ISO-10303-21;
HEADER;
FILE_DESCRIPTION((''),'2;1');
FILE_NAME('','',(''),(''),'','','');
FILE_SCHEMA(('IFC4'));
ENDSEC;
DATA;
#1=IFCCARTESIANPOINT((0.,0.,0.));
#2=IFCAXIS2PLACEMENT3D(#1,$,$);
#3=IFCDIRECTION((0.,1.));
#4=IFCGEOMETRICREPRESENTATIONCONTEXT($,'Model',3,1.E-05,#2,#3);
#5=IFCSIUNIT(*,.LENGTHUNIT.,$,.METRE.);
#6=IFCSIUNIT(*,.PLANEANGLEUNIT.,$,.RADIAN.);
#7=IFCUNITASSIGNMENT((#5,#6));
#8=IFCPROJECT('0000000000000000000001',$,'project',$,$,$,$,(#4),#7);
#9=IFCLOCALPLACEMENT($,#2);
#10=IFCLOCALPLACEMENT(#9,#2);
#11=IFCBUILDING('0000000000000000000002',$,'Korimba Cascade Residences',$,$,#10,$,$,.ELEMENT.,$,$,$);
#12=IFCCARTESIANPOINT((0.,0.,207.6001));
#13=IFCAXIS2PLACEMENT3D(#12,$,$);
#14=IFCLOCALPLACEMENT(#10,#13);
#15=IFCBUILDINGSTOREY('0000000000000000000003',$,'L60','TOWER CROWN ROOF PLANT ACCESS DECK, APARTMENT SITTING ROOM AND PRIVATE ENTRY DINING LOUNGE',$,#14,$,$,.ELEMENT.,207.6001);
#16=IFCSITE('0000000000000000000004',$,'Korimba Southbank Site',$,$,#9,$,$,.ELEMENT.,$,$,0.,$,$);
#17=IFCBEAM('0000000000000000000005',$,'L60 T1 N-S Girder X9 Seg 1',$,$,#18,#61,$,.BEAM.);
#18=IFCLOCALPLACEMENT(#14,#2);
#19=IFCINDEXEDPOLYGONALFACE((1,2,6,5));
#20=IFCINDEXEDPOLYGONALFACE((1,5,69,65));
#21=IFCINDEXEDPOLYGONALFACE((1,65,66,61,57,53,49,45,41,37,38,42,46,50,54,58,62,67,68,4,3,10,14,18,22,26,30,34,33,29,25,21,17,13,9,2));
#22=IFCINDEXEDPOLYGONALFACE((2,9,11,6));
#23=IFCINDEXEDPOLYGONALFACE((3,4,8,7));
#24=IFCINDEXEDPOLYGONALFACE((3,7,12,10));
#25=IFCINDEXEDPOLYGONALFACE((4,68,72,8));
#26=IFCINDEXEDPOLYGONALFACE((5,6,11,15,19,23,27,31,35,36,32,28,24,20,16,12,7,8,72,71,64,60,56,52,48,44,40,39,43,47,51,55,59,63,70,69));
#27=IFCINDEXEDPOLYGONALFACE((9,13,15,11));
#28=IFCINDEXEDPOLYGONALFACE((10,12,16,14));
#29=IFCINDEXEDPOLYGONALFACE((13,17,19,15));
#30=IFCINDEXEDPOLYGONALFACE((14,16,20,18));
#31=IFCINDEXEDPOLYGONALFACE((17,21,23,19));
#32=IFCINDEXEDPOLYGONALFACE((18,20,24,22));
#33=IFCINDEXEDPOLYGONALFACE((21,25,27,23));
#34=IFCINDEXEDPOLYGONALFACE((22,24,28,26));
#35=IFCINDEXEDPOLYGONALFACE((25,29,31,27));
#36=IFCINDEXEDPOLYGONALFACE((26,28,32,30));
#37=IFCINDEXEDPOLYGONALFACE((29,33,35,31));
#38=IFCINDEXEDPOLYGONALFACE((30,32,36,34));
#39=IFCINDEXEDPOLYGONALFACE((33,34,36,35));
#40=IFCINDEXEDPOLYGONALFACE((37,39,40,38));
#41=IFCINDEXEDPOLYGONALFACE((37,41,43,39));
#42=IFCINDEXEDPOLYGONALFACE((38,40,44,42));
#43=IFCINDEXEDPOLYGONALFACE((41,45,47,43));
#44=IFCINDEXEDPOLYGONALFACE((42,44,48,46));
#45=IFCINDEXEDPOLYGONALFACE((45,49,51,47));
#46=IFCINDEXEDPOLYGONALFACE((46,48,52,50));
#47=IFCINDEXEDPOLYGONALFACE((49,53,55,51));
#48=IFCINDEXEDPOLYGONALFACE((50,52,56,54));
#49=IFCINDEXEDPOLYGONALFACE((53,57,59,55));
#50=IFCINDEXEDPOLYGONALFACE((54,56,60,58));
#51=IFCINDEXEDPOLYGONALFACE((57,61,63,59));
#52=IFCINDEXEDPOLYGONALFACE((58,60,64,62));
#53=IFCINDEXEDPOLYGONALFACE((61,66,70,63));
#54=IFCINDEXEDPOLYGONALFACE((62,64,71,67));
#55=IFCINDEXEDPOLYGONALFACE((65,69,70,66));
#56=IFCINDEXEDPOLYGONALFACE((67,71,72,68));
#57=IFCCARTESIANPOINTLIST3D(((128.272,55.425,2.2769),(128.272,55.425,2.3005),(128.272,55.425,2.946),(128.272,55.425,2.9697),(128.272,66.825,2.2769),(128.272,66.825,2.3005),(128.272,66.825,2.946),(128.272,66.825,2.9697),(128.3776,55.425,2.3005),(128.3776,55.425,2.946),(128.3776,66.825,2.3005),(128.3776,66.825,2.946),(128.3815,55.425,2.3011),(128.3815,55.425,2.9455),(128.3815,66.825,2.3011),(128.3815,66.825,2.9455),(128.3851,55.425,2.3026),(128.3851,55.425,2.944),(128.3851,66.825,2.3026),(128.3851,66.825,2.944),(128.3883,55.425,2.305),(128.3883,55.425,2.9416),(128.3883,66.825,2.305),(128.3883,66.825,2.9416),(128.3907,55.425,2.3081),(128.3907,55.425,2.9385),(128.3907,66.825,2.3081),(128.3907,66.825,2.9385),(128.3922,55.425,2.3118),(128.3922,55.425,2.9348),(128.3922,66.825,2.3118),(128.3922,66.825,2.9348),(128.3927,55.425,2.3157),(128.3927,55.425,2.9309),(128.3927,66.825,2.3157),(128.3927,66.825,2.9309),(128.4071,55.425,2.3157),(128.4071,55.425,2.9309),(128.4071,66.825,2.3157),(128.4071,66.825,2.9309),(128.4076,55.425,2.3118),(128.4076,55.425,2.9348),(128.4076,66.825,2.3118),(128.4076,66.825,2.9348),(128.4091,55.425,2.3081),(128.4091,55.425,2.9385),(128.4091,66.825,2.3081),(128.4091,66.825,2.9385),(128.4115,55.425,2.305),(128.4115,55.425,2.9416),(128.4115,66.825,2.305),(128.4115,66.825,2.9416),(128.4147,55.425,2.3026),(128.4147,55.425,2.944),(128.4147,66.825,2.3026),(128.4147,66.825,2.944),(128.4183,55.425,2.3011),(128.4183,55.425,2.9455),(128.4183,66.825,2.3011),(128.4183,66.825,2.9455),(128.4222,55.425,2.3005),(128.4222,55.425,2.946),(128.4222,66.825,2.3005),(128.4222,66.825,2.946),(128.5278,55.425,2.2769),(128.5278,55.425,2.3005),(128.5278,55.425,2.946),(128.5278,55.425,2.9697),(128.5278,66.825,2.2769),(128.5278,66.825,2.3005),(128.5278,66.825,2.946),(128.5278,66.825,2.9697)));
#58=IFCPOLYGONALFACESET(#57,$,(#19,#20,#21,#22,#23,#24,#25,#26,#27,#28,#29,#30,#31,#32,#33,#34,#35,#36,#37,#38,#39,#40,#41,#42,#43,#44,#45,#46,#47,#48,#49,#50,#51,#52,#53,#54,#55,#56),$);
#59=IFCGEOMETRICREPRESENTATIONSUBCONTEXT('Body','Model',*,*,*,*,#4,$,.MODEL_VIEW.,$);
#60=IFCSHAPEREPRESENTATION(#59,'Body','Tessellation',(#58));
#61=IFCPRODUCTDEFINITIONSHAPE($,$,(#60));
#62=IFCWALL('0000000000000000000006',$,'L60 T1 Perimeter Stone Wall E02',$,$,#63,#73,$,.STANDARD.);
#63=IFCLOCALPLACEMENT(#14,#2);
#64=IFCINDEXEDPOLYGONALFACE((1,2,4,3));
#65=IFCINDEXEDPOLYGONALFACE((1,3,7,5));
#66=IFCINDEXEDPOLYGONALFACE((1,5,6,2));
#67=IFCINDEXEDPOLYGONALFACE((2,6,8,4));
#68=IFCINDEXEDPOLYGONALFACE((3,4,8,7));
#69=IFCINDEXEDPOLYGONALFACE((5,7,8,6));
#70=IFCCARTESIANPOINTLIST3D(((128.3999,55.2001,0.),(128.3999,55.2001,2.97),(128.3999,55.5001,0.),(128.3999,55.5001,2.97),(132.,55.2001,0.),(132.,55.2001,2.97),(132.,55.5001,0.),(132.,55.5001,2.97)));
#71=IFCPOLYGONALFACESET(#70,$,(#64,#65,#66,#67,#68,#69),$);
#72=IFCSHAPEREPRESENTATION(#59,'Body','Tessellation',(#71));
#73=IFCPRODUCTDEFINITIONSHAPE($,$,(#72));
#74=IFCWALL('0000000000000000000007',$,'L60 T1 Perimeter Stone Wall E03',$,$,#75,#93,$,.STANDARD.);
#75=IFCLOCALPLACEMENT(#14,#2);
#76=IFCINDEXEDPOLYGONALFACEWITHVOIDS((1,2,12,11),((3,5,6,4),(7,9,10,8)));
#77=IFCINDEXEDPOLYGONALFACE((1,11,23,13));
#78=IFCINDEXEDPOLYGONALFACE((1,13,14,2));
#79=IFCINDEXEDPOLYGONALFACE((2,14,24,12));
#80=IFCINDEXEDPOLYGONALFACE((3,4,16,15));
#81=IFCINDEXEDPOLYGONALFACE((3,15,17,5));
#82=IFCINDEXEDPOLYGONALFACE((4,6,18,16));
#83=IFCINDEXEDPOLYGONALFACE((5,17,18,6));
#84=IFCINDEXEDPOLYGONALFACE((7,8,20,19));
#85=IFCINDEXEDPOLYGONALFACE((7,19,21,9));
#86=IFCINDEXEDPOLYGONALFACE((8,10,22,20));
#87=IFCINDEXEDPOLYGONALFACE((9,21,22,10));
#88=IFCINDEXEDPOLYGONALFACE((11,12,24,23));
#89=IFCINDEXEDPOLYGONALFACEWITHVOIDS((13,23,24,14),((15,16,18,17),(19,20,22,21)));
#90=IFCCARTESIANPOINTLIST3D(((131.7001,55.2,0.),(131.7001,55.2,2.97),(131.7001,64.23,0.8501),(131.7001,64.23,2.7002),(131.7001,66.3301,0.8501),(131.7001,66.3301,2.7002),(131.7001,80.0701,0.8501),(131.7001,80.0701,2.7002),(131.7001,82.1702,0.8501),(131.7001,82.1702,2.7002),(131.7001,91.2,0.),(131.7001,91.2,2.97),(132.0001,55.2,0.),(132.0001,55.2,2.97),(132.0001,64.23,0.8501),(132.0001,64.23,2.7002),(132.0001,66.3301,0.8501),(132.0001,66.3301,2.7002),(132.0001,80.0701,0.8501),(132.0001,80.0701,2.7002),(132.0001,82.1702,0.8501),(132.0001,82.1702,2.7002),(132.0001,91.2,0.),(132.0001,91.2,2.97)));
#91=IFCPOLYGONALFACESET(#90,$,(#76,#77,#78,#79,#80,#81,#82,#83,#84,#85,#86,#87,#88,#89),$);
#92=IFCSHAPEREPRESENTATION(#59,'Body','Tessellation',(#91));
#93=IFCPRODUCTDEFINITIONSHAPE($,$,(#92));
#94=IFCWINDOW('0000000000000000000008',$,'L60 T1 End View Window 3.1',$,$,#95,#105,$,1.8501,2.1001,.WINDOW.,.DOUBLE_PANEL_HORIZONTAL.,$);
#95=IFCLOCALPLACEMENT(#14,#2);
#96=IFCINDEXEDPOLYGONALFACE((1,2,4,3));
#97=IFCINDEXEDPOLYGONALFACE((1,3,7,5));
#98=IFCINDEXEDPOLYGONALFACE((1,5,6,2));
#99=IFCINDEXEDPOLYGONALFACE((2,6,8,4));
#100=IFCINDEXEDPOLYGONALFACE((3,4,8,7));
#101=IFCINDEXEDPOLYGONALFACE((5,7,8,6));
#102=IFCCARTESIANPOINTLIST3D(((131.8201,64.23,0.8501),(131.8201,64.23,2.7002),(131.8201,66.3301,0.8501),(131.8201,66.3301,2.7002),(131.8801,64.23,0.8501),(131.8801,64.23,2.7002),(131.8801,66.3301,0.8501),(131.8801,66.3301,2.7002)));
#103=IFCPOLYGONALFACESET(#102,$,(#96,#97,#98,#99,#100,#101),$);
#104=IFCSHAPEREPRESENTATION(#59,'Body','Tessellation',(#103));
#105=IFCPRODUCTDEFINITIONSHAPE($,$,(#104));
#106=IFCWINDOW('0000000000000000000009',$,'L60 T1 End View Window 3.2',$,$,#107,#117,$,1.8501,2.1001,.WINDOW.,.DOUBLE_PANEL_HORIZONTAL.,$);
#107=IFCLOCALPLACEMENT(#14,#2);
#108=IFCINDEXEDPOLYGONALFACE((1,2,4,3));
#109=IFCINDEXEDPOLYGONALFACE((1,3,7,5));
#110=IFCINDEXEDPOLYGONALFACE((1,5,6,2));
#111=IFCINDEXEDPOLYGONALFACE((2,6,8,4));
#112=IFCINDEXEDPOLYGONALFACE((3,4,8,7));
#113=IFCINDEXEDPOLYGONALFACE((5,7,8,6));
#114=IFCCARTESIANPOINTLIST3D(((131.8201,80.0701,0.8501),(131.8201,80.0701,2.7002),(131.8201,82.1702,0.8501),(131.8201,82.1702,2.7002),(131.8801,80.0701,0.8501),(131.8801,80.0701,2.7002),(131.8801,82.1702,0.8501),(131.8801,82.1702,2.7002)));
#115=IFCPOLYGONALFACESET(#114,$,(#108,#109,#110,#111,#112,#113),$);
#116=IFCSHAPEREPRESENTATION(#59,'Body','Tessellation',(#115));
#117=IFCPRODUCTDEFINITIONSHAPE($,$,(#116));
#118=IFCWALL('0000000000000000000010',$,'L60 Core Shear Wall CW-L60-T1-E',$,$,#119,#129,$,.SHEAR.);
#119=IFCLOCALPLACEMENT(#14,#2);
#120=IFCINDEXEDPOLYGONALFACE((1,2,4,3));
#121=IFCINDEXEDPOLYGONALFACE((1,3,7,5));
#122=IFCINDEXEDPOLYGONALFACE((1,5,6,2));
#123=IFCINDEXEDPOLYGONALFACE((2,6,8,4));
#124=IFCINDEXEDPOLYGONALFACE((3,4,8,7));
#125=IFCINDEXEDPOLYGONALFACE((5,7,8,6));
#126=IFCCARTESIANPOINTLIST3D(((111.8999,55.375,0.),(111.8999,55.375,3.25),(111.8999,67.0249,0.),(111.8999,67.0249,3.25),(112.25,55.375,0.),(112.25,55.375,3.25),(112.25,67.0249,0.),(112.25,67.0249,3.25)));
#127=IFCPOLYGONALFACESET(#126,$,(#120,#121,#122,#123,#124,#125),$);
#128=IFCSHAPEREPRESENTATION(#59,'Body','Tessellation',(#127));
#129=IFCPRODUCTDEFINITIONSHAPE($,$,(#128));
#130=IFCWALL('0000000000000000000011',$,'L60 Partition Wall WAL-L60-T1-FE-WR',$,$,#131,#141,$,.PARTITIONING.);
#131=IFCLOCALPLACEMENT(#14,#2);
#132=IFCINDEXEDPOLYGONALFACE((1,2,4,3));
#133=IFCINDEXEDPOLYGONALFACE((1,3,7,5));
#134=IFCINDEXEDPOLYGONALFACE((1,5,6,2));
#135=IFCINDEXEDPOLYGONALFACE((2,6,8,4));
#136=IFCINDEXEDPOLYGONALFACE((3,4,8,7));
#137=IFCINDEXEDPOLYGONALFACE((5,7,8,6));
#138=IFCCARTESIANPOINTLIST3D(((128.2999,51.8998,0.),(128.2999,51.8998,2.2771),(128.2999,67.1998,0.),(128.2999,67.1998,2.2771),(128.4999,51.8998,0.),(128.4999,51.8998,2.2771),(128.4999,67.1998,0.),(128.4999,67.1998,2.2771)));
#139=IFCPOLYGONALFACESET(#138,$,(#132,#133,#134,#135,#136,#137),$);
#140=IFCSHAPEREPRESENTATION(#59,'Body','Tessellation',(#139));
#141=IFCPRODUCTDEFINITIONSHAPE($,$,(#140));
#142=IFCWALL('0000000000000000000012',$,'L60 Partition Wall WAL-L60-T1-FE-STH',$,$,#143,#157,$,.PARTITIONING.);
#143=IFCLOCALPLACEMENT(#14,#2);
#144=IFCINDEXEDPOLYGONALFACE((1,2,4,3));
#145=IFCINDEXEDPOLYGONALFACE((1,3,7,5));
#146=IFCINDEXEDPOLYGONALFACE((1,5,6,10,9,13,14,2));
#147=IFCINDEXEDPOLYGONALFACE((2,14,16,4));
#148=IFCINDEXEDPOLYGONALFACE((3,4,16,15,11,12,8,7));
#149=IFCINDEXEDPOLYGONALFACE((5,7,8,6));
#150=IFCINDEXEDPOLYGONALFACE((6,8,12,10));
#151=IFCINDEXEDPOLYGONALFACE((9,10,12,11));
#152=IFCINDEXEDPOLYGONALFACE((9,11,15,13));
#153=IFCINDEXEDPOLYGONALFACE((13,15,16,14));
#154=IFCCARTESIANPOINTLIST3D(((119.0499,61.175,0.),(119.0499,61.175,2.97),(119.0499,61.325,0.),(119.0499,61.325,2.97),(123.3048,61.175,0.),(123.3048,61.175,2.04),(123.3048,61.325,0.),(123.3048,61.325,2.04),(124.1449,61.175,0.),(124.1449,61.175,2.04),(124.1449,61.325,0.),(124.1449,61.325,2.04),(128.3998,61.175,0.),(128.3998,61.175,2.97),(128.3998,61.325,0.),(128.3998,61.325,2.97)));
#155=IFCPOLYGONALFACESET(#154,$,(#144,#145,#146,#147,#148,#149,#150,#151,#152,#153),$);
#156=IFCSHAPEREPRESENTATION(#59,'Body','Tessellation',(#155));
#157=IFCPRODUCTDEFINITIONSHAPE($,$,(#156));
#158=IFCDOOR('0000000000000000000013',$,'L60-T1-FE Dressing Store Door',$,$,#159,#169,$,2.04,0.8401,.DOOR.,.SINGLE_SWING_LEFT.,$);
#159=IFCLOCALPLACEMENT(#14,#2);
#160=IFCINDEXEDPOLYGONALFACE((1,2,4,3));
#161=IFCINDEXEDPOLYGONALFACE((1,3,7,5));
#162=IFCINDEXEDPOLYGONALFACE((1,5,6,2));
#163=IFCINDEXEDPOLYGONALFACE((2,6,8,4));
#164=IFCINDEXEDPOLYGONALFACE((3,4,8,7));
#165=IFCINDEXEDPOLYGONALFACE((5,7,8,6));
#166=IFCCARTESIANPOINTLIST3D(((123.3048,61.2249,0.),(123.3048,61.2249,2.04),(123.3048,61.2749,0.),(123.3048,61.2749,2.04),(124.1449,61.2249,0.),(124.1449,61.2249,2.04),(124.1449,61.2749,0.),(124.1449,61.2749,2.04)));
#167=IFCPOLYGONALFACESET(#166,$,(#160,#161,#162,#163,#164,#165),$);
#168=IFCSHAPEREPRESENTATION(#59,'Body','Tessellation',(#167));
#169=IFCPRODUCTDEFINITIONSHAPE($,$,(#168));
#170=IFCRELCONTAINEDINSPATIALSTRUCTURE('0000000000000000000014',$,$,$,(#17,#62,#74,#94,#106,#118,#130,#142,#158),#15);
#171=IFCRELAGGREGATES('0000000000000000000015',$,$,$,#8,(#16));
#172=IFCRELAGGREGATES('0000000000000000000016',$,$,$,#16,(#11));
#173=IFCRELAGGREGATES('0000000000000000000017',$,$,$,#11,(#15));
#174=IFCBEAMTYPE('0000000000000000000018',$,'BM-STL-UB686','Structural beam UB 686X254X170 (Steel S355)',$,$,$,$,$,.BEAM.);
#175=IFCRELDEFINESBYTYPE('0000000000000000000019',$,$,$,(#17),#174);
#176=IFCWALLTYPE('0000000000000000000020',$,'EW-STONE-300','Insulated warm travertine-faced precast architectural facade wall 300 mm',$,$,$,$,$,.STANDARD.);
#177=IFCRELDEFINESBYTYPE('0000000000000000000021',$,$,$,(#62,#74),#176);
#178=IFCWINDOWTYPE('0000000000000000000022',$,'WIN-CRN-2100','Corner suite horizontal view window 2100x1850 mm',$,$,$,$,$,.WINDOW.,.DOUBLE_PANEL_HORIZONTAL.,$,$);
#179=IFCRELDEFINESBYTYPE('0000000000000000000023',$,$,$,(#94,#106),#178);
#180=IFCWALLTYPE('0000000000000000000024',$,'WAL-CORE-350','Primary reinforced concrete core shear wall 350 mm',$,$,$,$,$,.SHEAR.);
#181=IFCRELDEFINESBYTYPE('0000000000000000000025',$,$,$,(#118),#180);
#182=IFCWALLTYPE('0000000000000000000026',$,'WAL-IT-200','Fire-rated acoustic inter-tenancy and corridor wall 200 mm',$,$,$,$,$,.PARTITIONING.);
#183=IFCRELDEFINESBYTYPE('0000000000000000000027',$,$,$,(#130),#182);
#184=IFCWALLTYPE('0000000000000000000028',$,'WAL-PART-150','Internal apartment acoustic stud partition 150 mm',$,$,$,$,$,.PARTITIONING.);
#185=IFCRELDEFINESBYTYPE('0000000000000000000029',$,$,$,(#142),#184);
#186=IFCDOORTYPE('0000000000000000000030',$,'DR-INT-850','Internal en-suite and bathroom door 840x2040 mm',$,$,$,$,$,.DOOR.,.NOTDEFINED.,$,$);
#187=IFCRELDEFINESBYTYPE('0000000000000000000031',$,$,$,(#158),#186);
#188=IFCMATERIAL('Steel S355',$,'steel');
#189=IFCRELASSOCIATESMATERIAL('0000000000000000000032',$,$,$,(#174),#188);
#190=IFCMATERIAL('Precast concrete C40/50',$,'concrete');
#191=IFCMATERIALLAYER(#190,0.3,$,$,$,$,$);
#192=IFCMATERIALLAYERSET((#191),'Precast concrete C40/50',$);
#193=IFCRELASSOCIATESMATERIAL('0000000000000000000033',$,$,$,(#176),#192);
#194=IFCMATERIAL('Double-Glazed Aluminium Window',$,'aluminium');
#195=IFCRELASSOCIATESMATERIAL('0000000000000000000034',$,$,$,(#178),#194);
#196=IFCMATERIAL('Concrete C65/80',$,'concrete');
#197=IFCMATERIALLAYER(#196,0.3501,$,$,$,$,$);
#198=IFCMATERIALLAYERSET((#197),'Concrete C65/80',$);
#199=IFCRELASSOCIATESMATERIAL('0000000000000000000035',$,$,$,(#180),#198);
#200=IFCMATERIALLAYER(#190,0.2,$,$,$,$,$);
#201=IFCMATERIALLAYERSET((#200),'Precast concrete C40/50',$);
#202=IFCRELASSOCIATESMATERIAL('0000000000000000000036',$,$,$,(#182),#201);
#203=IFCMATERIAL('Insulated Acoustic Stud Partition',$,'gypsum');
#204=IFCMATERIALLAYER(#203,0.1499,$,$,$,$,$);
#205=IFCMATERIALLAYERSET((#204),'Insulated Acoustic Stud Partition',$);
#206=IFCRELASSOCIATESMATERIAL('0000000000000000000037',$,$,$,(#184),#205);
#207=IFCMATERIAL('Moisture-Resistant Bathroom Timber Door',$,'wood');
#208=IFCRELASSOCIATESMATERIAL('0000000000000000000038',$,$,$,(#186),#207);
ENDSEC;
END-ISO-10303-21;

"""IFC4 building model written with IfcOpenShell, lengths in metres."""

from ifc_helpers import new_model, si_unit, direction, frame, frame_2d, origin, origin_2d, place, context, subcontext, project, spatial, rectangle, i_section, extrude, material, layer, layer_set, material_profile, profile_set, type_object, element, fill, save


model = new_model("IFC4")

# Units and contexts
model_context = context("Model", 3, precision=1e-05, world=origin(), true_north=direction((0.0, 1.0)))
body_context = subcontext(model_context, "Body", "Model", "MODEL_VIEW")
ifc_project = project(units=[si_unit("LENGTHUNIT", "METRE"), si_unit("PLANEANGLEUNIT", "RADIAN")], contexts=[model_context])

# Site, building, storey
site_placement = place(None, origin())
site = spatial("IfcSite", under=ifc_project, at=site_placement, Name="Korimba Southbank Site", CompositionType="ELEMENT", RefElevation=0.0)
building_placement = place(site_placement, origin())
building = spatial("IfcBuilding", under=site, at=building_placement, Name="Korimba Cascade Residences", CompositionType="ELEMENT")
storey_placement = place(building_placement, frame((0.0, 0.0, 207.6001)))
storey = spatial("IfcBuildingStorey", under=building, at=storey_placement, Name="L60", Description="TOWER CROWN ROOF PLANT ACCESS DECK, APARTMENT SITTING ROOM AND PRIVATE ENTRY DINING LOUNGE", CompositionType="ELEMENT", Elevation=207.6001)

# Shared definitions
ifc_material_1 = material(Name="Concrete C65/80", Category="concrete")

# Beam
ifc_material_2 = material(Name="Steel S355", Category="steel")
ifc_material_profile_1 = material_profile(ifc_material_2, i_section(OverallWidth=0.2559, OverallDepth=0.6929, WebThickness=0.0144, FlangeThickness=0.0237, FilletRadius=0.0151, at=origin_2d()), Name="Steel S355")
ifc_profile_set_1 = profile_set([ifc_material_profile_1], Name="Steel S355")
beam_type_1 = type_object("IfcBeamType", Name="BM-STL-UB686", Description="Structural beam UB 686X254X170 (Steel S355)", PredefinedType="BEAM", material=ifc_profile_set_1)
beam_1_placement = place(storey_placement, frame((128.3999, 55.425, 2.6233), z_axis=(0.0, 1.0, 0.0), x_axis=(-1.0, 0.0, 0.0)))
element("IfcBeam", 1, at=beam_1_placement, inside=storey, type_object=beam_type_1, Name="L60 T1 N-S Girder X9 Seg 1", PredefinedType="BEAM", context=body_context, shape_type="SweptSolid", body=[
    extrude(i_section(OverallWidth=0.2559, OverallDepth=0.6929, WebThickness=0.0144, FlangeThickness=0.0237, FilletRadius=0.0151, at=origin_2d()), origin(), (0.0, 0.0, 1.0), 11.3999),
])

# Wall
ifc_material_3 = material(Name="Precast concrete C40/50", Category="concrete")
ifc_layer_1 = layer(ifc_material_3, 0.3)
ifc_layer_set_1 = layer_set([ifc_layer_1], Name="Precast concrete C40/50")
wall_type_1 = type_object("IfcWallType", Name="EW-STONE-300", Description="Insulated warm travertine-faced precast architectural facade wall 300 mm", PredefinedType="STANDARD", material=ifc_layer_set_1)
wall_1_placement = place(storey_placement, frame((128.3999, 55.3501, 0.0), z_axis=(0.0, 0.0, 1.0), x_axis=(1.0, 0.0, 0.0)))
element("IfcWall", 2, at=wall_1_placement, inside=storey, type_object=wall_type_1, Name="L60 T1 Perimeter Stone Wall E02", PredefinedType="STANDARD", context=body_context, shape_type="SweptSolid", body=[
    extrude(rectangle(XDim=3.6001, YDim=0.3, at=frame_2d((1.8, 0.0))), origin(), (0.0, 0.0, 1.0), 2.97),
])

# Wall, openings, windows
wall_2_placement = place(storey_placement, frame((131.8501, 55.2, 0.0), z_axis=(0.0, 0.0, 1.0), x_axis=(0.0, 1.0, 0.0)))
wall_2 = element("IfcWall", 3, at=wall_2_placement, inside=storey, type_object=wall_type_1, Name="L60 T1 Perimeter Stone Wall E03", PredefinedType="STANDARD", context=body_context, shape_type="SweptSolid", body=[
    extrude(rectangle(XDim=36.0, YDim=0.3, at=frame_2d((18.0, 0.0))), origin(), (0.0, 0.0, 1.0), 2.97),
])
opening_1_placement = place(wall_2_placement, frame((9.03, 0.0, 0.8501)))
opening_1 = element("IfcOpeningElement", 4, at=opening_1_placement, cuts=wall_2, PredefinedType="OPENING", context=body_context, shape_type="SweptSolid", body=[
    extrude(rectangle(XDim=2.1001, YDim=1.8501, at=frame_2d((1.05, 0.925))), frame((0.0, 0.1602, 0.0), z_axis=(0.0, -1.0, 0.0), x_axis=(1.0, 0.0, 0.0)), (0.0, 0.0, 1.0), 0.3201),
])
opening_2_placement = place(wall_2_placement, frame((24.8701, 0.0, 0.8501)))
opening_2 = element("IfcOpeningElement", 5, at=opening_2_placement, cuts=wall_2, PredefinedType="OPENING", context=body_context, shape_type="SweptSolid", body=[
    extrude(rectangle(XDim=2.1001, YDim=1.8501, at=frame_2d((1.05, 0.925))), frame((0.0, 0.1602, 0.0), z_axis=(0.0, -1.0, 0.0), x_axis=(1.0, 0.0, 0.0)), (0.0, 0.0, 1.0), 0.3201),
])
ifc_material_4 = material(Name="Double-Glazed Aluminium Window", Category="aluminium")
window_type = type_object("IfcWindowType", Name="WIN-CRN-2100", Description="Corner suite horizontal view window 2100x1850 mm", PartitioningType="DOUBLE_PANEL_HORIZONTAL", PredefinedType="WINDOW", material=ifc_material_4)
window_1_placement = place(opening_1_placement, origin())
window_1 = element("IfcWindow", 6, at=window_1_placement, inside=storey, type_object=window_type, Name="L60 T1 End View Window 3.1", OverallHeight=1.8501, OverallWidth=2.1001, PartitioningType="DOUBLE_PANEL_HORIZONTAL", PredefinedType="WINDOW", context=body_context, shape_type="SweptSolid", body=[
    extrude(rectangle(XDim=2.1001, YDim=1.8501, at=frame_2d((1.05, 0.925))), frame((0.0, 0.03, 0.0), z_axis=(0.0, -1.0, 0.0), x_axis=(1.0, 0.0, 0.0)), (0.0, 0.0, 1.0), 0.0601),
])
fill(opening_1, window_1)
window_2_placement = place(opening_2_placement, origin())
window_2 = element("IfcWindow", 7, at=window_2_placement, inside=storey, type_object=window_type, Name="L60 T1 End View Window 3.2", OverallHeight=1.8501, OverallWidth=2.1001, PartitioningType="DOUBLE_PANEL_HORIZONTAL", PredefinedType="WINDOW", context=body_context, shape_type="SweptSolid", body=[
    extrude(rectangle(XDim=2.1001, YDim=1.8501, at=frame_2d((1.05, 0.925))), frame((0.0, 0.03, 0.0), z_axis=(0.0, -1.0, 0.0), x_axis=(1.0, 0.0, 0.0)), (0.0, 0.0, 1.0), 0.0601),
])
fill(opening_2, window_2)

# Walls
ifc_layer_2 = layer(ifc_material_1, 0.3501)
ifc_layer_set_2 = layer_set([ifc_layer_2], Name="Concrete C65/80")
wall_type_2 = type_object("IfcWallType", Name="WAL-CORE-350", Description="Primary reinforced concrete core shear wall 350 mm", PredefinedType="SHEAR", material=ifc_layer_set_2)
wall_3_placement = place(storey_placement, frame((112.075, 55.375, 0.0), z_axis=(0.0, 0.0, 1.0), x_axis=(0.0, 1.0, 0.0)))
element("IfcWall", 8, at=wall_3_placement, inside=storey, type_object=wall_type_2, Name="L60 Core Shear Wall CW-L60-T1-E", PredefinedType="SHEAR", context=body_context, shape_type="SweptSolid", body=[
    extrude(rectangle(XDim=11.6499, YDim=0.3501, at=frame_2d((5.825, 0.0))), origin(), (0.0, 0.0, 1.0), 3.25),
])
ifc_layer_3 = layer(ifc_material_3, 0.2)
ifc_layer_set_3 = layer_set([ifc_layer_3], Name="Precast concrete C40/50")
wall_type_3 = type_object("IfcWallType", Name="WAL-IT-200", Description="Fire-rated acoustic inter-tenancy and corridor wall 200 mm", PredefinedType="PARTITIONING", material=ifc_layer_set_3)
wall_4_placement = place(storey_placement, frame((128.3999, 51.8999, 0.0), z_axis=(0.0, 0.0, 1.0), x_axis=(0.0, 1.0, 0.0)))
element("IfcWall", 9, at=wall_4_placement, inside=storey, type_object=wall_type_3, Name="L60 Partition Wall WAL-L60-T1-FE-WR", PredefinedType="PARTITIONING", context=body_context, shape_type="SweptSolid", body=[
    extrude(rectangle(XDim=15.3, YDim=0.2, at=frame_2d((7.6499, 0.0))), origin(), (0.0, 0.0, 1.0), 2.2771),
])

# Wall, opening, door
ifc_material_5 = material(Name="Insulated Acoustic Stud Partition", Category="gypsum")
ifc_layer_4 = layer(ifc_material_5, 0.1499)
ifc_layer_set_4 = layer_set([ifc_layer_4], Name="Insulated Acoustic Stud Partition")
wall_type_4 = type_object("IfcWallType", Name="WAL-PART-150", Description="Internal apartment acoustic stud partition 150 mm", PredefinedType="PARTITIONING", material=ifc_layer_set_4)
wall_5_placement = place(storey_placement, frame((119.05, 61.25, 0.0), z_axis=(0.0, 0.0, 1.0), x_axis=(1.0, 0.0, 0.0)))
wall_5 = element("IfcWall", 10, at=wall_5_placement, inside=storey, type_object=wall_type_4, Name="L60 Partition Wall WAL-L60-T1-FE-STH", PredefinedType="PARTITIONING", context=body_context, shape_type="SweptSolid", body=[
    extrude(rectangle(XDim=9.3499, YDim=0.1499, at=frame_2d((4.6748, 0.0))), origin(), (0.0, 0.0, 1.0), 2.97),
])
opening_3_placement = place(wall_5_placement, frame((4.2549, 0.0, 0.0)))
opening_3 = element("IfcOpeningElement", 11, at=opening_3_placement, cuts=wall_5, PredefinedType="OPENING", context=body_context, shape_type="SweptSolid", body=[
    extrude(rectangle(XDim=0.8401, YDim=2.04, at=frame_2d((0.4199, 1.02))), frame((0.0, 0.085, 0.0), z_axis=(0.0, -1.0, 0.0), x_axis=(1.0, 0.0, 0.0)), (0.0, 0.0, 1.0), 0.1699),
])
ifc_material_6 = material(Name="Moisture-Resistant Bathroom Timber Door", Category="wood")
door_type_1 = type_object("IfcDoorType", Name="DR-INT-850", Description="Internal en-suite and bathroom door 840x2040 mm", OperationType="NOTDEFINED", PredefinedType="DOOR", material=ifc_material_6)
door_1_placement = place(opening_3_placement, origin())
door_1 = element("IfcDoor", 12, at=door_1_placement, inside=storey, type_object=door_type_1, Name="L60-T1-FE Dressing Store Door", OperationType="SINGLE_SWING_LEFT", OverallHeight=2.04, OverallWidth=0.8401, PredefinedType="DOOR", context=body_context, shape_type="SweptSolid", body=[
    extrude(rectangle(XDim=0.8401, YDim=2.04, at=frame_2d((0.4199, 1.02))), frame((0.0, 0.0249, 0.0), z_axis=(0.0, -1.0, 0.0), x_axis=(1.0, 0.0, 0.0)), (0.0, 0.0, 1.0), 0.05),
])
fill(opening_3, door_1)

save(model, "model.ifc")
